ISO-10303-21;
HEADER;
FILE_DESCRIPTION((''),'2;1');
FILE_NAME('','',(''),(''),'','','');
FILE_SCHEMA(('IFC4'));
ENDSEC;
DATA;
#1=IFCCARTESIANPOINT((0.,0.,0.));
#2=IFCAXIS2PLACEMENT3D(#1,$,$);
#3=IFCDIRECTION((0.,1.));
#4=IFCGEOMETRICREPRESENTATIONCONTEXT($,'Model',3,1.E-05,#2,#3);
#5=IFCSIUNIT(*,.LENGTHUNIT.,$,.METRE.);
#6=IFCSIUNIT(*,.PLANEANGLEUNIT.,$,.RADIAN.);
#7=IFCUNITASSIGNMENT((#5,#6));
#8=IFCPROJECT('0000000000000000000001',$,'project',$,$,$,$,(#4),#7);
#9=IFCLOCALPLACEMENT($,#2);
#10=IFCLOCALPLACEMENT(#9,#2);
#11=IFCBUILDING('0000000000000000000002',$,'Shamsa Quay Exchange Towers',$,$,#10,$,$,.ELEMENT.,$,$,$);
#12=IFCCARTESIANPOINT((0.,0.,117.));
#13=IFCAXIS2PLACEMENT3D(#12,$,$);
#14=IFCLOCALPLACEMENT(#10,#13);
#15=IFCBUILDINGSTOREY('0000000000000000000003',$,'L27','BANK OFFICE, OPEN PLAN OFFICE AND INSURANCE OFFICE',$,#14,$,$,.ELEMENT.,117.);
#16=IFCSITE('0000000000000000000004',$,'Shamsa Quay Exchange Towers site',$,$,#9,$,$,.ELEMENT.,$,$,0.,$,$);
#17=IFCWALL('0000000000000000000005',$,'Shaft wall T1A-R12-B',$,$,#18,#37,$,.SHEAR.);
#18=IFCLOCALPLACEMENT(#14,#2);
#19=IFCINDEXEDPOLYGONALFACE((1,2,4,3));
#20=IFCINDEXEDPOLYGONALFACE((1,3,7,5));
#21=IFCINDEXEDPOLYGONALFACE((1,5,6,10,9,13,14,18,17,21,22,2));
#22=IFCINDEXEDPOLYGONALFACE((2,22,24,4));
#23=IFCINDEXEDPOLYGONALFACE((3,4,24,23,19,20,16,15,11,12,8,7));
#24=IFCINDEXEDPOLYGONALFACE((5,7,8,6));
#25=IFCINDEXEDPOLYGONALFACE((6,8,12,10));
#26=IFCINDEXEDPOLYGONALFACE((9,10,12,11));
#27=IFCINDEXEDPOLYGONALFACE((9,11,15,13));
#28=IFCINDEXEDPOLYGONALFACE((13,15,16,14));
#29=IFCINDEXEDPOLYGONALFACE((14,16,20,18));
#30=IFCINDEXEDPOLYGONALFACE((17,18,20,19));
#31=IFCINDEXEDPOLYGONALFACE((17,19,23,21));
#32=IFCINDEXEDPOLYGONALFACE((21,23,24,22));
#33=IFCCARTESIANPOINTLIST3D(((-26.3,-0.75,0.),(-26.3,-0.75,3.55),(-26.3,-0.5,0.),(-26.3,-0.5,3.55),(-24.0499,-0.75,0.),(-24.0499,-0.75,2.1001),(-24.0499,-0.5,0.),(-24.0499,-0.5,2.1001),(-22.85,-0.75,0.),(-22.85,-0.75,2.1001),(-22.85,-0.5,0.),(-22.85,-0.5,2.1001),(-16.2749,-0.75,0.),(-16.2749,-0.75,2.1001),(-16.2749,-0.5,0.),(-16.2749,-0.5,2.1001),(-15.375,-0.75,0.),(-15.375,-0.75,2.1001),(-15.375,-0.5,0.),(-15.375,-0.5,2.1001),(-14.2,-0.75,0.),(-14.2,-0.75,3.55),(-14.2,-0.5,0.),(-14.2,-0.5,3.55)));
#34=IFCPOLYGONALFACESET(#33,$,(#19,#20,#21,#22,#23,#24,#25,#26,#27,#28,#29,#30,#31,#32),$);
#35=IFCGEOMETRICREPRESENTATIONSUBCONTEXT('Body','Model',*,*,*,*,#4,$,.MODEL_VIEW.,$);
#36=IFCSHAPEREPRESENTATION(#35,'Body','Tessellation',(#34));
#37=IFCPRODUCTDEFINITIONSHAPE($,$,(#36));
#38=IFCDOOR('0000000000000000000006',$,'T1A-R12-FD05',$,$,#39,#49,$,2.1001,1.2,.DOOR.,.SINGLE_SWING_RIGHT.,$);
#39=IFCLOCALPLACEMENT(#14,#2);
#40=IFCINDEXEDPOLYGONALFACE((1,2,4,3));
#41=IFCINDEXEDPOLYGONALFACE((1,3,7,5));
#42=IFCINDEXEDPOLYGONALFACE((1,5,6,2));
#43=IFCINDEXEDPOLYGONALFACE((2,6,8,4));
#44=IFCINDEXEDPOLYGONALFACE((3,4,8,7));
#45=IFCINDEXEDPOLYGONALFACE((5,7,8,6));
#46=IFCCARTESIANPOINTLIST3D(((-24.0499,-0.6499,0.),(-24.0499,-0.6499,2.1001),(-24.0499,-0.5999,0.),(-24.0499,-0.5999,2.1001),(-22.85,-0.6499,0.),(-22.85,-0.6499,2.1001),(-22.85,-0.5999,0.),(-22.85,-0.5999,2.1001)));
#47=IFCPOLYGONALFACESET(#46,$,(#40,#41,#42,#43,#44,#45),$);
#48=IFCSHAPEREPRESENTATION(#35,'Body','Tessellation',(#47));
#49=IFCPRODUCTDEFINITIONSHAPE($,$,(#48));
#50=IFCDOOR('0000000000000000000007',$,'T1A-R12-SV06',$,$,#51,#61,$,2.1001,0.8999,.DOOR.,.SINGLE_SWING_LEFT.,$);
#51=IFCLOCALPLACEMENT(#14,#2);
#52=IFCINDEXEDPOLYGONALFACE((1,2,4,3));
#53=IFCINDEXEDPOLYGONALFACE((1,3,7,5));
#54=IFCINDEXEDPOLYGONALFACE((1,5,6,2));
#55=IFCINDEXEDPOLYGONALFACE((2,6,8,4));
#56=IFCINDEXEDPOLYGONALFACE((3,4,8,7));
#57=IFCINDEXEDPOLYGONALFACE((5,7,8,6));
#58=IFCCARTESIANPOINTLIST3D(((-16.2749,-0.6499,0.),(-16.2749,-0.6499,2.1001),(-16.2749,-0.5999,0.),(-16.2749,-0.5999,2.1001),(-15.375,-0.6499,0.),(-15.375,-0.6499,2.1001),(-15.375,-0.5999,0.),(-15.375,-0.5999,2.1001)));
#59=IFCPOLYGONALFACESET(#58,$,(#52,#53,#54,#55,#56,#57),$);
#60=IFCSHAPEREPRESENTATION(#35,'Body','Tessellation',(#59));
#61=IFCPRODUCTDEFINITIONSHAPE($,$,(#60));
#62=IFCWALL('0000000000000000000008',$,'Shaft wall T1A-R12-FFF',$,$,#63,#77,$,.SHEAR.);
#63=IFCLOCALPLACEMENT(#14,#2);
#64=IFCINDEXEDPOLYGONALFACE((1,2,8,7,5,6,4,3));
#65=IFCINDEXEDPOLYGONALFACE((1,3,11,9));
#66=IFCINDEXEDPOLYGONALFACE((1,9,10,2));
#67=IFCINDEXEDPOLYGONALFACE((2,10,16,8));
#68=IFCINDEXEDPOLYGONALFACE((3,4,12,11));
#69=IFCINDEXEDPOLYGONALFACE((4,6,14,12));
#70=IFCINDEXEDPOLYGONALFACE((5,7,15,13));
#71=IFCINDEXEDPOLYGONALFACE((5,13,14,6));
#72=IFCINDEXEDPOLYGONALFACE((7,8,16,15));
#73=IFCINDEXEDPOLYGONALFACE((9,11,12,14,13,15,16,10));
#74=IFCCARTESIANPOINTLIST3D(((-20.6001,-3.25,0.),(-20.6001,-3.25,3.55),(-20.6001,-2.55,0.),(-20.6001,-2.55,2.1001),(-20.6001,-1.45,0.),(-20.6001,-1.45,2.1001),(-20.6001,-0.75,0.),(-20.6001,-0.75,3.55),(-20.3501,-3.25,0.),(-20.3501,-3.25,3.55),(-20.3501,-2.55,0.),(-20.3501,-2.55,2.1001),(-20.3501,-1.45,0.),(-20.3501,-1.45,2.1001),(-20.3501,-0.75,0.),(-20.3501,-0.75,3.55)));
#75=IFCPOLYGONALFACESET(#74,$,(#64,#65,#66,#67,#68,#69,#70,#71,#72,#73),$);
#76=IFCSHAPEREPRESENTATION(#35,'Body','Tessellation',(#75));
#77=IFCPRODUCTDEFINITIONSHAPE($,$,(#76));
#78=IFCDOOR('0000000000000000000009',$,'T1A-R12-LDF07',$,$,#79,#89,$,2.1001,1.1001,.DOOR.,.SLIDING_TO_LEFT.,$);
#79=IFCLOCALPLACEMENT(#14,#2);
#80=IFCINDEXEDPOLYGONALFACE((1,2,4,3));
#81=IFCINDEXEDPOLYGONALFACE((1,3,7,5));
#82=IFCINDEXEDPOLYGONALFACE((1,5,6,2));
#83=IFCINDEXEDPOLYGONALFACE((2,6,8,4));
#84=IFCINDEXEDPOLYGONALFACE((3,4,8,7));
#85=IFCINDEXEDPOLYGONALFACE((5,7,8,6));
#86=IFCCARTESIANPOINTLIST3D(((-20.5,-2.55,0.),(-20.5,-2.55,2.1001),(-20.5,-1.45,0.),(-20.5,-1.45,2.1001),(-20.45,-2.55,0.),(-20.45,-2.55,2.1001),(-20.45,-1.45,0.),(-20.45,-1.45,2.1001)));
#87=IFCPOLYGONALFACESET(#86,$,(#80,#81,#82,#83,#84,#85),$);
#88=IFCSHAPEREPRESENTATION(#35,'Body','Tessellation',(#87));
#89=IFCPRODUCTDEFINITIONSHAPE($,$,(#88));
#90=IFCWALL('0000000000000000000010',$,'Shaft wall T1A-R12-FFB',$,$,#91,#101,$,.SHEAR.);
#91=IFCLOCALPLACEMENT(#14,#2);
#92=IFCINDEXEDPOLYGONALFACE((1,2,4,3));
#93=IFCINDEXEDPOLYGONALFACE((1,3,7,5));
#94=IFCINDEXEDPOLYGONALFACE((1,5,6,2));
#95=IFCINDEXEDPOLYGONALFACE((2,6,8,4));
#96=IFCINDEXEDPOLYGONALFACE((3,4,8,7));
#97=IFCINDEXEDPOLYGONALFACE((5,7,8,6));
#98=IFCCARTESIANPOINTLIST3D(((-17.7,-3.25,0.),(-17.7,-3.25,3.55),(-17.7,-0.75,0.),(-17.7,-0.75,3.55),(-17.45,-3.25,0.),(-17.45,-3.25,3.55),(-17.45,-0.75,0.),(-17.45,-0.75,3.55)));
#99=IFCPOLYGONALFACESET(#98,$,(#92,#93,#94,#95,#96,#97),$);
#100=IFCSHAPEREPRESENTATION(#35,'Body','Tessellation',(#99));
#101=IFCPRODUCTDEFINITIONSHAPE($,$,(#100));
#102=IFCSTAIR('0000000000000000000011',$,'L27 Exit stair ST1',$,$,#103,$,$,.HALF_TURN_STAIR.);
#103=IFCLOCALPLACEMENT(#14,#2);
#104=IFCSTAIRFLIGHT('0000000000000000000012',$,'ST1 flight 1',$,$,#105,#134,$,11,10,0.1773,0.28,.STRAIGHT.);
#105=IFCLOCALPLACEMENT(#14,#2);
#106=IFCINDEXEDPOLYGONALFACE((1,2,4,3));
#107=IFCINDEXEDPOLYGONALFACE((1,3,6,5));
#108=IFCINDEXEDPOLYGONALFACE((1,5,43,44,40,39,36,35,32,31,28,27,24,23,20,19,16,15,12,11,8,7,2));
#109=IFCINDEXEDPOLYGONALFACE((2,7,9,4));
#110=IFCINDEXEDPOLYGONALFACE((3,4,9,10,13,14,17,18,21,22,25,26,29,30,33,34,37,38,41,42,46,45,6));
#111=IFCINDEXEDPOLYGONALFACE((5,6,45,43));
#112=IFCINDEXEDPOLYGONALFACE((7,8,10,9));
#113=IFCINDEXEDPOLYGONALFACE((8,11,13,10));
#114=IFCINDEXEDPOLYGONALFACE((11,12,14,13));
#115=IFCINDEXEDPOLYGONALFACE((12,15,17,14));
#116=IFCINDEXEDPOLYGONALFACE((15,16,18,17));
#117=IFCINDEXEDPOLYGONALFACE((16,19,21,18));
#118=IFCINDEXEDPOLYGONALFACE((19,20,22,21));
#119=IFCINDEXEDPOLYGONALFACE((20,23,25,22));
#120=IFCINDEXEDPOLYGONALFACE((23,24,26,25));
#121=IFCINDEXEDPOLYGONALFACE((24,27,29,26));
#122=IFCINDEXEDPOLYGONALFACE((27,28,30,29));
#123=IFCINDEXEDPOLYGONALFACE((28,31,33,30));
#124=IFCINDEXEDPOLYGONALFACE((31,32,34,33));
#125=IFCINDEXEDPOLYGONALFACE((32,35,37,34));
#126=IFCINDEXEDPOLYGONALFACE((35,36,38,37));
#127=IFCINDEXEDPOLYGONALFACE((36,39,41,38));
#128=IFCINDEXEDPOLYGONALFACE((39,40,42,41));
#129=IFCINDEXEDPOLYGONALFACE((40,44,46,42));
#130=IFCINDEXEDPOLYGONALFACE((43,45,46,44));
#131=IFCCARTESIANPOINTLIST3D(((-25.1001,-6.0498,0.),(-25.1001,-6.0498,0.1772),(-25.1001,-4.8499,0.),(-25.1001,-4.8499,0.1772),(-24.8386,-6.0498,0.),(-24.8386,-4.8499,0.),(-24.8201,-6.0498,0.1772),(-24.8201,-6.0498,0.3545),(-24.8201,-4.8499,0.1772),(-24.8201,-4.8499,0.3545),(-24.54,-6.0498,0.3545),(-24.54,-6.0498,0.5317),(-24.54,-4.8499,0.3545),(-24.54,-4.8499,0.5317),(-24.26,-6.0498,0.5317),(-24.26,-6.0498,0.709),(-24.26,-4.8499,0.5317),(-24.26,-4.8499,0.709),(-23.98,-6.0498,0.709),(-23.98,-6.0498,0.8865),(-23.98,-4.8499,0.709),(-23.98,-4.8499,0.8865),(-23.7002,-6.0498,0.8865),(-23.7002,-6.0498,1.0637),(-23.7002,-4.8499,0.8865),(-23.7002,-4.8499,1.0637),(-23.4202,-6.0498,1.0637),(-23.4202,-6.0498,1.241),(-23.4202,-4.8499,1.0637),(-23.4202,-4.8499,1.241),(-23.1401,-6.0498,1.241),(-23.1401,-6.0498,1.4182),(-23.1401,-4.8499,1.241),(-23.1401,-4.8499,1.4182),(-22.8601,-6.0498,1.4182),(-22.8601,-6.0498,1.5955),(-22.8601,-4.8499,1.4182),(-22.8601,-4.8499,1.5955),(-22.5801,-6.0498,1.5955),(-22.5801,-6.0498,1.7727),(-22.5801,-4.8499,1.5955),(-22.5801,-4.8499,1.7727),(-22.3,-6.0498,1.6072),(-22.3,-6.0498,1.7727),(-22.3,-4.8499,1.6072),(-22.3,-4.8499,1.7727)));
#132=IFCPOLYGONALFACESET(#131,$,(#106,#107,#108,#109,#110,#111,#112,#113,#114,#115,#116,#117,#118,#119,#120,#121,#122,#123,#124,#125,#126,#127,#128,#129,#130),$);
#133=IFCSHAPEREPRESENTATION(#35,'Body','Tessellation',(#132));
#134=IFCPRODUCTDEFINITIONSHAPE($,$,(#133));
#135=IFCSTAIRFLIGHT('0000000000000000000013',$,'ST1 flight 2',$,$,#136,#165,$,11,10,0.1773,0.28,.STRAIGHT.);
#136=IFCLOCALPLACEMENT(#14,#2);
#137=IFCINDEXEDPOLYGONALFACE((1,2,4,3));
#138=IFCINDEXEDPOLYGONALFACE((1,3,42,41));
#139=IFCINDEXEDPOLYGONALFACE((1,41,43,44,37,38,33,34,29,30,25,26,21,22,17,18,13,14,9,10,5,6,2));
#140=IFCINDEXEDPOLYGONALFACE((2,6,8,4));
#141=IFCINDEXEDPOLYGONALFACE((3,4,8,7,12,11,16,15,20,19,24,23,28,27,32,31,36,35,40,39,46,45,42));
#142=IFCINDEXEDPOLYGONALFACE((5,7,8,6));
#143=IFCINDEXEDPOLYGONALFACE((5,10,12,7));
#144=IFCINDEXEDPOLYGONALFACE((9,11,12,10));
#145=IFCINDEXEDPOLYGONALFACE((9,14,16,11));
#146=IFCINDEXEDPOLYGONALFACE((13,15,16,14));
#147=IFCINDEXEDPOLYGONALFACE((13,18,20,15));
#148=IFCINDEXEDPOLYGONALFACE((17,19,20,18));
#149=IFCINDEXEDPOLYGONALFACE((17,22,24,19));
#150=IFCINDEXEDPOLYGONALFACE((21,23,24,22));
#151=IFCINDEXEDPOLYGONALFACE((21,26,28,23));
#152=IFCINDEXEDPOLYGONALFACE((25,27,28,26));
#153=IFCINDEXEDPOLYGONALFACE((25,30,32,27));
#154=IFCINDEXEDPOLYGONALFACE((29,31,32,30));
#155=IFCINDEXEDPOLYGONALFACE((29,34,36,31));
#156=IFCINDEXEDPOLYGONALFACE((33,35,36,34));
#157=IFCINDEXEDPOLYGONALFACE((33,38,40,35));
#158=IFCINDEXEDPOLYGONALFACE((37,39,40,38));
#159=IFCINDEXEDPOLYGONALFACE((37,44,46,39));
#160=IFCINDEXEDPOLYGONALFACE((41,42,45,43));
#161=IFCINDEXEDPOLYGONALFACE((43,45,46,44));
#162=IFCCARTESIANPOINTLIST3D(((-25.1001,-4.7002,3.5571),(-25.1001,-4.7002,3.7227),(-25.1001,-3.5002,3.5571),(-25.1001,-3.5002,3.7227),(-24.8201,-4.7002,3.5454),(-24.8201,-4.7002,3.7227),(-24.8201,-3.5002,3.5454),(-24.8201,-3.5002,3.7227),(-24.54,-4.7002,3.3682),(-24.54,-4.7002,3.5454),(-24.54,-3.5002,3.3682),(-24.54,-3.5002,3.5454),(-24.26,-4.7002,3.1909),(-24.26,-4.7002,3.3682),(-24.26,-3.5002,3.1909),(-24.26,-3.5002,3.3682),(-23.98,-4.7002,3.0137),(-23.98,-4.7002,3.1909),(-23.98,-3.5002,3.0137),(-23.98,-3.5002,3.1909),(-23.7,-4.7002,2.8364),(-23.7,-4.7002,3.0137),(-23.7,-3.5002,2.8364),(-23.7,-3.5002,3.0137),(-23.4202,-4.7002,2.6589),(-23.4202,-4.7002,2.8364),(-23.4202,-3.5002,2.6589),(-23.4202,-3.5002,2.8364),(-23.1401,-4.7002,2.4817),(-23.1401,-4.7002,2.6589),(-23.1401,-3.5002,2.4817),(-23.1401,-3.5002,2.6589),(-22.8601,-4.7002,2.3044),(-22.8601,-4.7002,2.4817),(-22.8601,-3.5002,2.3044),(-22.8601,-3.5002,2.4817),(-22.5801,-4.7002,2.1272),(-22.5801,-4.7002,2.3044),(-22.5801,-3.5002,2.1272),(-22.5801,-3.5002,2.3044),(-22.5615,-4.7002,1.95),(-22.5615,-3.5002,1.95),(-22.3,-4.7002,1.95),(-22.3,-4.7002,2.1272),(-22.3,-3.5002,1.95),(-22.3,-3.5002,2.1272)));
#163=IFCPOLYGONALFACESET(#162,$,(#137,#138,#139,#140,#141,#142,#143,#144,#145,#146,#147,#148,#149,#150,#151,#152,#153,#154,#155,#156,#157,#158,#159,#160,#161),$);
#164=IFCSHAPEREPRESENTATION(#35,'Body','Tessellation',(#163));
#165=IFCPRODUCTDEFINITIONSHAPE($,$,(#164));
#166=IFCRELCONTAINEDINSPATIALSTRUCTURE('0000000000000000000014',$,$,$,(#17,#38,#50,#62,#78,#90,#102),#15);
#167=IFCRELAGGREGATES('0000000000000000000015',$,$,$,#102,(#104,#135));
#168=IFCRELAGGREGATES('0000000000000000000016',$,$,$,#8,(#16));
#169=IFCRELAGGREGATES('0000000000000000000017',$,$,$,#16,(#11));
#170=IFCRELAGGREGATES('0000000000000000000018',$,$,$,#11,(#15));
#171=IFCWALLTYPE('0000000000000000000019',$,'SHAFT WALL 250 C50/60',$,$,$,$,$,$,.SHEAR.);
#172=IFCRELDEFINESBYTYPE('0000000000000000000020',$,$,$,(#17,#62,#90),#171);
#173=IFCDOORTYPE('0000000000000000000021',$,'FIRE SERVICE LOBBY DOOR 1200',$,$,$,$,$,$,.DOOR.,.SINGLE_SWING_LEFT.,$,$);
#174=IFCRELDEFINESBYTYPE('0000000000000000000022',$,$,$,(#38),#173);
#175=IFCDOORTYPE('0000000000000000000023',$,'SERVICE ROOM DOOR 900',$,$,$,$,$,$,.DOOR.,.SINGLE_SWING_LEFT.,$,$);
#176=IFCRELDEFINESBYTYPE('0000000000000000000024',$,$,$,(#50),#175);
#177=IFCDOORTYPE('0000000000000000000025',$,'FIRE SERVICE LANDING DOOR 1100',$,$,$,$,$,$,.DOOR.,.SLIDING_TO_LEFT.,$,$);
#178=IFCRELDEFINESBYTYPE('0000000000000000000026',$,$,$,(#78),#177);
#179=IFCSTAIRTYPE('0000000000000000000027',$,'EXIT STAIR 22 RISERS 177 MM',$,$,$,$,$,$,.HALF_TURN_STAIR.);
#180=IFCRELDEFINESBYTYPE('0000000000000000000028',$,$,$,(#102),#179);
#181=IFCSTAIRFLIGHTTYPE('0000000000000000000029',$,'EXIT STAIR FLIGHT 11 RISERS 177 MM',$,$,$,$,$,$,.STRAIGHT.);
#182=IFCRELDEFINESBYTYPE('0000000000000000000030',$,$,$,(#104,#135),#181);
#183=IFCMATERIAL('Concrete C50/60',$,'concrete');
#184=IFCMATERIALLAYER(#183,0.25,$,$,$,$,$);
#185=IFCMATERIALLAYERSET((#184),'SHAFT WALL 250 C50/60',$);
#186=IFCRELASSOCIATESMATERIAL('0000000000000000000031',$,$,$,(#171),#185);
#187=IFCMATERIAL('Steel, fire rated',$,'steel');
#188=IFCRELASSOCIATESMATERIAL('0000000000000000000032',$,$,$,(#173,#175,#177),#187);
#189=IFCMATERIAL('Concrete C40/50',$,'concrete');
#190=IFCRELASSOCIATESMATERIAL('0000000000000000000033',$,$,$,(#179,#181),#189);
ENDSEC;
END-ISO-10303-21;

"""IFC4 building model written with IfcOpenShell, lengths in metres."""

from ifc_helpers import new_model, si_unit, direction, frame, frame_2d, origin, place, context, subcontext, project, spatial, polyline, rectangle, outline, extrude, material, layer, layer_set, type_object, element, fill, aggregate, save


model = new_model("IFC4")

# Units and contexts
model_context = context("Model", 3, precision=1e-05, world=origin(), true_north=direction((0.0, 1.0)))
body_context = subcontext(model_context, "Body", "Model", "MODEL_VIEW")
ifc_project = project(units=[si_unit("LENGTHUNIT", "METRE"), si_unit("PLANEANGLEUNIT", "RADIAN")], contexts=[model_context])

# Site, building, storey
site_placement = place(None, origin())
site = spatial("IfcSite", under=ifc_project, at=site_placement, Name="Shamsa Quay Exchange Towers site", CompositionType="ELEMENT", RefElevation=0.0)
building_placement = place(site_placement, origin())
building = spatial("IfcBuilding", under=site, at=building_placement, Name="Shamsa Quay Exchange Towers", CompositionType="ELEMENT")
storey_placement = place(building_placement, frame((0.0, 0.0, 117.0)))
storey = spatial("IfcBuildingStorey", under=building, at=storey_placement, Name="L27", Description="BANK OFFICE, OPEN PLAN OFFICE AND INSURANCE OFFICE", CompositionType="ELEMENT", Elevation=117.0)

# Shared definitions
ifc_material_1 = material(Name="Concrete C50/60", Category="concrete")
ifc_layer_1 = layer(ifc_material_1, 0.25)
ifc_layer_set_1 = layer_set([ifc_layer_1], Name="SHAFT WALL 250 C50/60")
wall_type = type_object("IfcWallType", Name="SHAFT WALL 250 C50/60", PredefinedType="SHEAR", material=ifc_layer_set_1)
ifc_material_2 = material(Name="Steel, fire rated", Category="steel")

# Wall, openings, doors
wall_1_placement = place(storey_placement, frame((-14.2, -0.625, 0.0), z_axis=(0.0, 0.0, 1.0), x_axis=(-1.0, 0.0, 0.0)))
wall_1 = element("IfcWall", 1, at=wall_1_placement, inside=storey, type_object=wall_type, Name="Shaft wall T1A-R12-B", PredefinedType="SHEAR", context=body_context, shape_type="SweptSolid", body=[
    extrude(rectangle(XDim=12.1001, YDim=0.25, at=frame_2d((6.05, 0.0))), origin(), (0.0, 0.0, 1.0), 3.55),
])
opening_1_placement = place(wall_1_placement, frame((8.6499, 0.0, 0.0)))
opening_1 = element("IfcOpeningElement", 2, at=opening_1_placement, cuts=wall_1, PredefinedType="OPENING", context=body_context, shape_type="SweptSolid", body=[
    extrude(rectangle(XDim=1.2, YDim=2.1001, at=frame_2d((0.6001, 1.05))), frame((0.0, 0.135, 0.0), z_axis=(0.0, -1.0, 0.0), x_axis=(1.0, 0.0, 0.0)), (0.0, 0.0, 1.0), 0.27),
])
opening_2_placement = place(wall_1_placement, frame((1.175, 0.0, 0.0)))
opening_2 = element("IfcOpeningElement", 3, at=opening_2_placement, cuts=wall_1, PredefinedType="OPENING", context=body_context, shape_type="SweptSolid", body=[
    extrude(rectangle(XDim=0.8999, YDim=2.1001, at=frame_2d((0.45, 1.05))), frame((0.0, 0.135, 0.0), z_axis=(0.0, -1.0, 0.0), x_axis=(1.0, 0.0, 0.0)), (0.0, 0.0, 1.0), 0.27),
])
door_type_1 = type_object("IfcDoorType", Name="FIRE SERVICE LOBBY DOOR 1200", OperationType="SINGLE_SWING_LEFT", PredefinedType="DOOR", material=ifc_material_2)
door_1_placement = place(opening_1_placement, origin())
door_1 = element("IfcDoor", 4, at=door_1_placement, inside=storey, type_object=door_type_1, Name="T1A-R12-FD05", OperationType="SINGLE_SWING_RIGHT", OverallHeight=2.1001, OverallWidth=1.2, PredefinedType="DOOR", context=body_context, shape_type="SweptSolid", body=[
    extrude(rectangle(XDim=1.2, YDim=2.1001, at=frame_2d((0.6001, 1.05))), frame((0.0, 0.0249, 0.0), z_axis=(0.0, -1.0, 0.0), x_axis=(1.0, 0.0, 0.0)), (0.0, 0.0, 1.0), 0.05),
])
fill(opening_1, door_1)
door_type_2 = type_object("IfcDoorType", Name="SERVICE ROOM DOOR 900", OperationType="SINGLE_SWING_LEFT", PredefinedType="DOOR", material=ifc_material_2)
door_2_placement = place(opening_2_placement, origin())
door_2 = element("IfcDoor", 5, at=door_2_placement, inside=storey, type_object=door_type_2, Name="T1A-R12-SV06", OperationType="SINGLE_SWING_LEFT", OverallHeight=2.1001, OverallWidth=0.8999, PredefinedType="DOOR", context=body_context, shape_type="SweptSolid", body=[
    extrude(rectangle(XDim=0.8999, YDim=2.1001, at=frame_2d((0.45, 1.05))), frame((0.0, 0.0249, 0.0), z_axis=(0.0, -1.0, 0.0), x_axis=(1.0, 0.0, 0.0)), (0.0, 0.0, 1.0), 0.05),
])
fill(opening_2, door_2)

# Wall, opening, door
wall_2_placement = place(storey_placement, frame((-20.4751, -3.25, 0.0), z_axis=(0.0, 0.0, 1.0), x_axis=(0.0, 1.0, 0.0)))
wall_2 = element("IfcWall", 6, at=wall_2_placement, inside=storey, type_object=wall_type, Name="Shaft wall T1A-R12-FFF", PredefinedType="SHEAR", context=body_context, shape_type="SweptSolid", body=[
    extrude(rectangle(XDim=2.5, YDim=0.25, at=frame_2d((1.25, 0.0))), origin(), (0.0, 0.0, 1.0), 3.55),
])
opening_3_placement = place(wall_2_placement, frame((0.7, 0.0, 0.0)))
opening_3 = element("IfcOpeningElement", 7, at=opening_3_placement, cuts=wall_2, PredefinedType="OPENING", context=body_context, shape_type="SweptSolid", body=[
    extrude(rectangle(XDim=1.1001, YDim=2.1001, at=frame_2d((0.55, 1.05))), frame((0.0, 0.135, 0.0), z_axis=(0.0, -1.0, 0.0), x_axis=(1.0, 0.0, 0.0)), (0.0, 0.0, 1.0), 0.27),
])
door_type_3 = type_object("IfcDoorType", Name="FIRE SERVICE LANDING DOOR 1100", OperationType="SLIDING_TO_LEFT", PredefinedType="DOOR", material=ifc_material_2)
door_3_placement = place(opening_3_placement, origin())
door_3 = element("IfcDoor", 8, at=door_3_placement, inside=storey, type_object=door_type_3, Name="T1A-R12-LDF07", OperationType="SLIDING_TO_LEFT", OverallHeight=2.1001, OverallWidth=1.1001, PredefinedType="DOOR", context=body_context, shape_type="SweptSolid", body=[
    extrude(rectangle(XDim=1.1001, YDim=2.1001, at=frame_2d((0.55, 1.05))), frame((0.0, 0.0249, 0.0), z_axis=(0.0, -1.0, 0.0), x_axis=(1.0, 0.0, 0.0)), (0.0, 0.0, 1.0), 0.05),
])
fill(opening_3, door_3)

# Wall
wall_3_placement = place(storey_placement, frame((-17.575, -3.25, 0.0), z_axis=(0.0, 0.0, 1.0), x_axis=(0.0, 1.0, 0.0)))
element("IfcWall", 9, at=wall_3_placement, inside=storey, type_object=wall_type, Name="Shaft wall T1A-R12-FFB", PredefinedType="SHEAR", context=body_context, shape_type="SweptSolid", body=[
    extrude(rectangle(XDim=2.5, YDim=0.25, at=frame_2d((1.25, 0.0))), origin(), (0.0, 0.0, 1.0), 3.55),
])

# Stair, stair flights
ifc_material_3 = material(Name="Concrete C40/50", Category="concrete")
stair_type = type_object("IfcStairType", Name="EXIT STAIR 22 RISERS 177 MM", PredefinedType="HALF_TURN_STAIR", material=ifc_material_3)
stair_placement = place(storey_placement, origin())
stair = element("IfcStair", 10, at=stair_placement, inside=storey, type_object=stair_type, Name="L27 Exit stair ST1", PredefinedType="HALF_TURN_STAIR")
stair_flight_type = type_object("IfcStairFlightType", Name="EXIT STAIR FLIGHT 11 RISERS 177 MM", PredefinedType="STRAIGHT", material=ifc_material_3)
stair_flight_1_placement = place(storey_placement, frame((-25.1001, -5.45, 0.0)))
stair_flight_1 = element("IfcStairFlight", 11, at=stair_flight_1_placement, type_object=stair_flight_type, Name="ST1 flight 1", NumberOfRisers=11, NumberOfTreads=10, PredefinedType="STRAIGHT", RiserHeight=0.1773, TreadLength=0.28, context=body_context, shape_type="SweptSolid", body=[
    extrude(outline(polyline([(0.0, 0.0), (0.0, 0.1772), (0.28, 0.1772), (0.28, 0.3545), (0.5601, 0.3545), (0.5601, 0.5317), (0.8401, 0.5317), (0.8401, 0.709), (1.1201, 0.709), (1.1201, 0.8865), (1.3999, 0.8865), (1.3999, 1.0637), (1.6799, 1.0637), (1.6799, 1.241), (1.96, 1.241), (1.96, 1.4182), (2.24, 1.4182), (2.24, 1.5955), (2.52, 1.5955), (2.52, 1.7727), (2.8, 1.7727), (2.8, 1.95), (2.8, 1.6072), (0.2615, 0.0), (0.0, 0.0)])), frame((0.0, 0.6001, 0.0), z_axis=(0.0, -1.0, 0.0), x_axis=(1.0, 0.0, 0.0)), (0.0, 0.0, 1.0), 1.2),
])
stair_flight_2_placement = place(storey_placement, frame((-22.3, -4.1001, 1.95), z_axis=(0.0, 0.0, 1.0), x_axis=(-1.0, 0.0, 0.0)))
stair_flight_2 = element("IfcStairFlight", 12, at=stair_flight_2_placement, type_object=stair_flight_type, Name="ST1 flight 2", NumberOfRisers=11, NumberOfTreads=10, PredefinedType="STRAIGHT", RiserHeight=0.1773, TreadLength=0.28, context=body_context, shape_type="SweptSolid", body=[
    extrude(outline(polyline([(0.0, 0.0), (0.0, 0.1772), (0.28, 0.1772), (0.28, 0.3545), (0.5601, 0.3545), (0.5601, 0.5317), (0.8401, 0.5317), (0.8401, 0.709), (1.1201, 0.709), (1.1201, 0.8865), (1.3999, 0.8865), (1.3999, 1.0637), (1.6799, 1.0637), (1.6799, 1.241), (1.96, 1.241), (1.96, 1.4182), (2.24, 1.4182), (2.24, 1.5955), (2.52, 1.5955), (2.52, 1.7727), (2.8, 1.7727), (2.8, 1.95), (2.8, 1.6072), (0.2615, 0.0), (0.0, 0.0)])), frame((0.0, 0.6001, 0.0), z_axis=(0.0, -1.0, 0.0), x_axis=(1.0, 0.0, 0.0)), (0.0, 0.0, 1.0), 1.2),
])
aggregate(stair, [stair_flight_1, stair_flight_2])

save(model, "model.ifc")
